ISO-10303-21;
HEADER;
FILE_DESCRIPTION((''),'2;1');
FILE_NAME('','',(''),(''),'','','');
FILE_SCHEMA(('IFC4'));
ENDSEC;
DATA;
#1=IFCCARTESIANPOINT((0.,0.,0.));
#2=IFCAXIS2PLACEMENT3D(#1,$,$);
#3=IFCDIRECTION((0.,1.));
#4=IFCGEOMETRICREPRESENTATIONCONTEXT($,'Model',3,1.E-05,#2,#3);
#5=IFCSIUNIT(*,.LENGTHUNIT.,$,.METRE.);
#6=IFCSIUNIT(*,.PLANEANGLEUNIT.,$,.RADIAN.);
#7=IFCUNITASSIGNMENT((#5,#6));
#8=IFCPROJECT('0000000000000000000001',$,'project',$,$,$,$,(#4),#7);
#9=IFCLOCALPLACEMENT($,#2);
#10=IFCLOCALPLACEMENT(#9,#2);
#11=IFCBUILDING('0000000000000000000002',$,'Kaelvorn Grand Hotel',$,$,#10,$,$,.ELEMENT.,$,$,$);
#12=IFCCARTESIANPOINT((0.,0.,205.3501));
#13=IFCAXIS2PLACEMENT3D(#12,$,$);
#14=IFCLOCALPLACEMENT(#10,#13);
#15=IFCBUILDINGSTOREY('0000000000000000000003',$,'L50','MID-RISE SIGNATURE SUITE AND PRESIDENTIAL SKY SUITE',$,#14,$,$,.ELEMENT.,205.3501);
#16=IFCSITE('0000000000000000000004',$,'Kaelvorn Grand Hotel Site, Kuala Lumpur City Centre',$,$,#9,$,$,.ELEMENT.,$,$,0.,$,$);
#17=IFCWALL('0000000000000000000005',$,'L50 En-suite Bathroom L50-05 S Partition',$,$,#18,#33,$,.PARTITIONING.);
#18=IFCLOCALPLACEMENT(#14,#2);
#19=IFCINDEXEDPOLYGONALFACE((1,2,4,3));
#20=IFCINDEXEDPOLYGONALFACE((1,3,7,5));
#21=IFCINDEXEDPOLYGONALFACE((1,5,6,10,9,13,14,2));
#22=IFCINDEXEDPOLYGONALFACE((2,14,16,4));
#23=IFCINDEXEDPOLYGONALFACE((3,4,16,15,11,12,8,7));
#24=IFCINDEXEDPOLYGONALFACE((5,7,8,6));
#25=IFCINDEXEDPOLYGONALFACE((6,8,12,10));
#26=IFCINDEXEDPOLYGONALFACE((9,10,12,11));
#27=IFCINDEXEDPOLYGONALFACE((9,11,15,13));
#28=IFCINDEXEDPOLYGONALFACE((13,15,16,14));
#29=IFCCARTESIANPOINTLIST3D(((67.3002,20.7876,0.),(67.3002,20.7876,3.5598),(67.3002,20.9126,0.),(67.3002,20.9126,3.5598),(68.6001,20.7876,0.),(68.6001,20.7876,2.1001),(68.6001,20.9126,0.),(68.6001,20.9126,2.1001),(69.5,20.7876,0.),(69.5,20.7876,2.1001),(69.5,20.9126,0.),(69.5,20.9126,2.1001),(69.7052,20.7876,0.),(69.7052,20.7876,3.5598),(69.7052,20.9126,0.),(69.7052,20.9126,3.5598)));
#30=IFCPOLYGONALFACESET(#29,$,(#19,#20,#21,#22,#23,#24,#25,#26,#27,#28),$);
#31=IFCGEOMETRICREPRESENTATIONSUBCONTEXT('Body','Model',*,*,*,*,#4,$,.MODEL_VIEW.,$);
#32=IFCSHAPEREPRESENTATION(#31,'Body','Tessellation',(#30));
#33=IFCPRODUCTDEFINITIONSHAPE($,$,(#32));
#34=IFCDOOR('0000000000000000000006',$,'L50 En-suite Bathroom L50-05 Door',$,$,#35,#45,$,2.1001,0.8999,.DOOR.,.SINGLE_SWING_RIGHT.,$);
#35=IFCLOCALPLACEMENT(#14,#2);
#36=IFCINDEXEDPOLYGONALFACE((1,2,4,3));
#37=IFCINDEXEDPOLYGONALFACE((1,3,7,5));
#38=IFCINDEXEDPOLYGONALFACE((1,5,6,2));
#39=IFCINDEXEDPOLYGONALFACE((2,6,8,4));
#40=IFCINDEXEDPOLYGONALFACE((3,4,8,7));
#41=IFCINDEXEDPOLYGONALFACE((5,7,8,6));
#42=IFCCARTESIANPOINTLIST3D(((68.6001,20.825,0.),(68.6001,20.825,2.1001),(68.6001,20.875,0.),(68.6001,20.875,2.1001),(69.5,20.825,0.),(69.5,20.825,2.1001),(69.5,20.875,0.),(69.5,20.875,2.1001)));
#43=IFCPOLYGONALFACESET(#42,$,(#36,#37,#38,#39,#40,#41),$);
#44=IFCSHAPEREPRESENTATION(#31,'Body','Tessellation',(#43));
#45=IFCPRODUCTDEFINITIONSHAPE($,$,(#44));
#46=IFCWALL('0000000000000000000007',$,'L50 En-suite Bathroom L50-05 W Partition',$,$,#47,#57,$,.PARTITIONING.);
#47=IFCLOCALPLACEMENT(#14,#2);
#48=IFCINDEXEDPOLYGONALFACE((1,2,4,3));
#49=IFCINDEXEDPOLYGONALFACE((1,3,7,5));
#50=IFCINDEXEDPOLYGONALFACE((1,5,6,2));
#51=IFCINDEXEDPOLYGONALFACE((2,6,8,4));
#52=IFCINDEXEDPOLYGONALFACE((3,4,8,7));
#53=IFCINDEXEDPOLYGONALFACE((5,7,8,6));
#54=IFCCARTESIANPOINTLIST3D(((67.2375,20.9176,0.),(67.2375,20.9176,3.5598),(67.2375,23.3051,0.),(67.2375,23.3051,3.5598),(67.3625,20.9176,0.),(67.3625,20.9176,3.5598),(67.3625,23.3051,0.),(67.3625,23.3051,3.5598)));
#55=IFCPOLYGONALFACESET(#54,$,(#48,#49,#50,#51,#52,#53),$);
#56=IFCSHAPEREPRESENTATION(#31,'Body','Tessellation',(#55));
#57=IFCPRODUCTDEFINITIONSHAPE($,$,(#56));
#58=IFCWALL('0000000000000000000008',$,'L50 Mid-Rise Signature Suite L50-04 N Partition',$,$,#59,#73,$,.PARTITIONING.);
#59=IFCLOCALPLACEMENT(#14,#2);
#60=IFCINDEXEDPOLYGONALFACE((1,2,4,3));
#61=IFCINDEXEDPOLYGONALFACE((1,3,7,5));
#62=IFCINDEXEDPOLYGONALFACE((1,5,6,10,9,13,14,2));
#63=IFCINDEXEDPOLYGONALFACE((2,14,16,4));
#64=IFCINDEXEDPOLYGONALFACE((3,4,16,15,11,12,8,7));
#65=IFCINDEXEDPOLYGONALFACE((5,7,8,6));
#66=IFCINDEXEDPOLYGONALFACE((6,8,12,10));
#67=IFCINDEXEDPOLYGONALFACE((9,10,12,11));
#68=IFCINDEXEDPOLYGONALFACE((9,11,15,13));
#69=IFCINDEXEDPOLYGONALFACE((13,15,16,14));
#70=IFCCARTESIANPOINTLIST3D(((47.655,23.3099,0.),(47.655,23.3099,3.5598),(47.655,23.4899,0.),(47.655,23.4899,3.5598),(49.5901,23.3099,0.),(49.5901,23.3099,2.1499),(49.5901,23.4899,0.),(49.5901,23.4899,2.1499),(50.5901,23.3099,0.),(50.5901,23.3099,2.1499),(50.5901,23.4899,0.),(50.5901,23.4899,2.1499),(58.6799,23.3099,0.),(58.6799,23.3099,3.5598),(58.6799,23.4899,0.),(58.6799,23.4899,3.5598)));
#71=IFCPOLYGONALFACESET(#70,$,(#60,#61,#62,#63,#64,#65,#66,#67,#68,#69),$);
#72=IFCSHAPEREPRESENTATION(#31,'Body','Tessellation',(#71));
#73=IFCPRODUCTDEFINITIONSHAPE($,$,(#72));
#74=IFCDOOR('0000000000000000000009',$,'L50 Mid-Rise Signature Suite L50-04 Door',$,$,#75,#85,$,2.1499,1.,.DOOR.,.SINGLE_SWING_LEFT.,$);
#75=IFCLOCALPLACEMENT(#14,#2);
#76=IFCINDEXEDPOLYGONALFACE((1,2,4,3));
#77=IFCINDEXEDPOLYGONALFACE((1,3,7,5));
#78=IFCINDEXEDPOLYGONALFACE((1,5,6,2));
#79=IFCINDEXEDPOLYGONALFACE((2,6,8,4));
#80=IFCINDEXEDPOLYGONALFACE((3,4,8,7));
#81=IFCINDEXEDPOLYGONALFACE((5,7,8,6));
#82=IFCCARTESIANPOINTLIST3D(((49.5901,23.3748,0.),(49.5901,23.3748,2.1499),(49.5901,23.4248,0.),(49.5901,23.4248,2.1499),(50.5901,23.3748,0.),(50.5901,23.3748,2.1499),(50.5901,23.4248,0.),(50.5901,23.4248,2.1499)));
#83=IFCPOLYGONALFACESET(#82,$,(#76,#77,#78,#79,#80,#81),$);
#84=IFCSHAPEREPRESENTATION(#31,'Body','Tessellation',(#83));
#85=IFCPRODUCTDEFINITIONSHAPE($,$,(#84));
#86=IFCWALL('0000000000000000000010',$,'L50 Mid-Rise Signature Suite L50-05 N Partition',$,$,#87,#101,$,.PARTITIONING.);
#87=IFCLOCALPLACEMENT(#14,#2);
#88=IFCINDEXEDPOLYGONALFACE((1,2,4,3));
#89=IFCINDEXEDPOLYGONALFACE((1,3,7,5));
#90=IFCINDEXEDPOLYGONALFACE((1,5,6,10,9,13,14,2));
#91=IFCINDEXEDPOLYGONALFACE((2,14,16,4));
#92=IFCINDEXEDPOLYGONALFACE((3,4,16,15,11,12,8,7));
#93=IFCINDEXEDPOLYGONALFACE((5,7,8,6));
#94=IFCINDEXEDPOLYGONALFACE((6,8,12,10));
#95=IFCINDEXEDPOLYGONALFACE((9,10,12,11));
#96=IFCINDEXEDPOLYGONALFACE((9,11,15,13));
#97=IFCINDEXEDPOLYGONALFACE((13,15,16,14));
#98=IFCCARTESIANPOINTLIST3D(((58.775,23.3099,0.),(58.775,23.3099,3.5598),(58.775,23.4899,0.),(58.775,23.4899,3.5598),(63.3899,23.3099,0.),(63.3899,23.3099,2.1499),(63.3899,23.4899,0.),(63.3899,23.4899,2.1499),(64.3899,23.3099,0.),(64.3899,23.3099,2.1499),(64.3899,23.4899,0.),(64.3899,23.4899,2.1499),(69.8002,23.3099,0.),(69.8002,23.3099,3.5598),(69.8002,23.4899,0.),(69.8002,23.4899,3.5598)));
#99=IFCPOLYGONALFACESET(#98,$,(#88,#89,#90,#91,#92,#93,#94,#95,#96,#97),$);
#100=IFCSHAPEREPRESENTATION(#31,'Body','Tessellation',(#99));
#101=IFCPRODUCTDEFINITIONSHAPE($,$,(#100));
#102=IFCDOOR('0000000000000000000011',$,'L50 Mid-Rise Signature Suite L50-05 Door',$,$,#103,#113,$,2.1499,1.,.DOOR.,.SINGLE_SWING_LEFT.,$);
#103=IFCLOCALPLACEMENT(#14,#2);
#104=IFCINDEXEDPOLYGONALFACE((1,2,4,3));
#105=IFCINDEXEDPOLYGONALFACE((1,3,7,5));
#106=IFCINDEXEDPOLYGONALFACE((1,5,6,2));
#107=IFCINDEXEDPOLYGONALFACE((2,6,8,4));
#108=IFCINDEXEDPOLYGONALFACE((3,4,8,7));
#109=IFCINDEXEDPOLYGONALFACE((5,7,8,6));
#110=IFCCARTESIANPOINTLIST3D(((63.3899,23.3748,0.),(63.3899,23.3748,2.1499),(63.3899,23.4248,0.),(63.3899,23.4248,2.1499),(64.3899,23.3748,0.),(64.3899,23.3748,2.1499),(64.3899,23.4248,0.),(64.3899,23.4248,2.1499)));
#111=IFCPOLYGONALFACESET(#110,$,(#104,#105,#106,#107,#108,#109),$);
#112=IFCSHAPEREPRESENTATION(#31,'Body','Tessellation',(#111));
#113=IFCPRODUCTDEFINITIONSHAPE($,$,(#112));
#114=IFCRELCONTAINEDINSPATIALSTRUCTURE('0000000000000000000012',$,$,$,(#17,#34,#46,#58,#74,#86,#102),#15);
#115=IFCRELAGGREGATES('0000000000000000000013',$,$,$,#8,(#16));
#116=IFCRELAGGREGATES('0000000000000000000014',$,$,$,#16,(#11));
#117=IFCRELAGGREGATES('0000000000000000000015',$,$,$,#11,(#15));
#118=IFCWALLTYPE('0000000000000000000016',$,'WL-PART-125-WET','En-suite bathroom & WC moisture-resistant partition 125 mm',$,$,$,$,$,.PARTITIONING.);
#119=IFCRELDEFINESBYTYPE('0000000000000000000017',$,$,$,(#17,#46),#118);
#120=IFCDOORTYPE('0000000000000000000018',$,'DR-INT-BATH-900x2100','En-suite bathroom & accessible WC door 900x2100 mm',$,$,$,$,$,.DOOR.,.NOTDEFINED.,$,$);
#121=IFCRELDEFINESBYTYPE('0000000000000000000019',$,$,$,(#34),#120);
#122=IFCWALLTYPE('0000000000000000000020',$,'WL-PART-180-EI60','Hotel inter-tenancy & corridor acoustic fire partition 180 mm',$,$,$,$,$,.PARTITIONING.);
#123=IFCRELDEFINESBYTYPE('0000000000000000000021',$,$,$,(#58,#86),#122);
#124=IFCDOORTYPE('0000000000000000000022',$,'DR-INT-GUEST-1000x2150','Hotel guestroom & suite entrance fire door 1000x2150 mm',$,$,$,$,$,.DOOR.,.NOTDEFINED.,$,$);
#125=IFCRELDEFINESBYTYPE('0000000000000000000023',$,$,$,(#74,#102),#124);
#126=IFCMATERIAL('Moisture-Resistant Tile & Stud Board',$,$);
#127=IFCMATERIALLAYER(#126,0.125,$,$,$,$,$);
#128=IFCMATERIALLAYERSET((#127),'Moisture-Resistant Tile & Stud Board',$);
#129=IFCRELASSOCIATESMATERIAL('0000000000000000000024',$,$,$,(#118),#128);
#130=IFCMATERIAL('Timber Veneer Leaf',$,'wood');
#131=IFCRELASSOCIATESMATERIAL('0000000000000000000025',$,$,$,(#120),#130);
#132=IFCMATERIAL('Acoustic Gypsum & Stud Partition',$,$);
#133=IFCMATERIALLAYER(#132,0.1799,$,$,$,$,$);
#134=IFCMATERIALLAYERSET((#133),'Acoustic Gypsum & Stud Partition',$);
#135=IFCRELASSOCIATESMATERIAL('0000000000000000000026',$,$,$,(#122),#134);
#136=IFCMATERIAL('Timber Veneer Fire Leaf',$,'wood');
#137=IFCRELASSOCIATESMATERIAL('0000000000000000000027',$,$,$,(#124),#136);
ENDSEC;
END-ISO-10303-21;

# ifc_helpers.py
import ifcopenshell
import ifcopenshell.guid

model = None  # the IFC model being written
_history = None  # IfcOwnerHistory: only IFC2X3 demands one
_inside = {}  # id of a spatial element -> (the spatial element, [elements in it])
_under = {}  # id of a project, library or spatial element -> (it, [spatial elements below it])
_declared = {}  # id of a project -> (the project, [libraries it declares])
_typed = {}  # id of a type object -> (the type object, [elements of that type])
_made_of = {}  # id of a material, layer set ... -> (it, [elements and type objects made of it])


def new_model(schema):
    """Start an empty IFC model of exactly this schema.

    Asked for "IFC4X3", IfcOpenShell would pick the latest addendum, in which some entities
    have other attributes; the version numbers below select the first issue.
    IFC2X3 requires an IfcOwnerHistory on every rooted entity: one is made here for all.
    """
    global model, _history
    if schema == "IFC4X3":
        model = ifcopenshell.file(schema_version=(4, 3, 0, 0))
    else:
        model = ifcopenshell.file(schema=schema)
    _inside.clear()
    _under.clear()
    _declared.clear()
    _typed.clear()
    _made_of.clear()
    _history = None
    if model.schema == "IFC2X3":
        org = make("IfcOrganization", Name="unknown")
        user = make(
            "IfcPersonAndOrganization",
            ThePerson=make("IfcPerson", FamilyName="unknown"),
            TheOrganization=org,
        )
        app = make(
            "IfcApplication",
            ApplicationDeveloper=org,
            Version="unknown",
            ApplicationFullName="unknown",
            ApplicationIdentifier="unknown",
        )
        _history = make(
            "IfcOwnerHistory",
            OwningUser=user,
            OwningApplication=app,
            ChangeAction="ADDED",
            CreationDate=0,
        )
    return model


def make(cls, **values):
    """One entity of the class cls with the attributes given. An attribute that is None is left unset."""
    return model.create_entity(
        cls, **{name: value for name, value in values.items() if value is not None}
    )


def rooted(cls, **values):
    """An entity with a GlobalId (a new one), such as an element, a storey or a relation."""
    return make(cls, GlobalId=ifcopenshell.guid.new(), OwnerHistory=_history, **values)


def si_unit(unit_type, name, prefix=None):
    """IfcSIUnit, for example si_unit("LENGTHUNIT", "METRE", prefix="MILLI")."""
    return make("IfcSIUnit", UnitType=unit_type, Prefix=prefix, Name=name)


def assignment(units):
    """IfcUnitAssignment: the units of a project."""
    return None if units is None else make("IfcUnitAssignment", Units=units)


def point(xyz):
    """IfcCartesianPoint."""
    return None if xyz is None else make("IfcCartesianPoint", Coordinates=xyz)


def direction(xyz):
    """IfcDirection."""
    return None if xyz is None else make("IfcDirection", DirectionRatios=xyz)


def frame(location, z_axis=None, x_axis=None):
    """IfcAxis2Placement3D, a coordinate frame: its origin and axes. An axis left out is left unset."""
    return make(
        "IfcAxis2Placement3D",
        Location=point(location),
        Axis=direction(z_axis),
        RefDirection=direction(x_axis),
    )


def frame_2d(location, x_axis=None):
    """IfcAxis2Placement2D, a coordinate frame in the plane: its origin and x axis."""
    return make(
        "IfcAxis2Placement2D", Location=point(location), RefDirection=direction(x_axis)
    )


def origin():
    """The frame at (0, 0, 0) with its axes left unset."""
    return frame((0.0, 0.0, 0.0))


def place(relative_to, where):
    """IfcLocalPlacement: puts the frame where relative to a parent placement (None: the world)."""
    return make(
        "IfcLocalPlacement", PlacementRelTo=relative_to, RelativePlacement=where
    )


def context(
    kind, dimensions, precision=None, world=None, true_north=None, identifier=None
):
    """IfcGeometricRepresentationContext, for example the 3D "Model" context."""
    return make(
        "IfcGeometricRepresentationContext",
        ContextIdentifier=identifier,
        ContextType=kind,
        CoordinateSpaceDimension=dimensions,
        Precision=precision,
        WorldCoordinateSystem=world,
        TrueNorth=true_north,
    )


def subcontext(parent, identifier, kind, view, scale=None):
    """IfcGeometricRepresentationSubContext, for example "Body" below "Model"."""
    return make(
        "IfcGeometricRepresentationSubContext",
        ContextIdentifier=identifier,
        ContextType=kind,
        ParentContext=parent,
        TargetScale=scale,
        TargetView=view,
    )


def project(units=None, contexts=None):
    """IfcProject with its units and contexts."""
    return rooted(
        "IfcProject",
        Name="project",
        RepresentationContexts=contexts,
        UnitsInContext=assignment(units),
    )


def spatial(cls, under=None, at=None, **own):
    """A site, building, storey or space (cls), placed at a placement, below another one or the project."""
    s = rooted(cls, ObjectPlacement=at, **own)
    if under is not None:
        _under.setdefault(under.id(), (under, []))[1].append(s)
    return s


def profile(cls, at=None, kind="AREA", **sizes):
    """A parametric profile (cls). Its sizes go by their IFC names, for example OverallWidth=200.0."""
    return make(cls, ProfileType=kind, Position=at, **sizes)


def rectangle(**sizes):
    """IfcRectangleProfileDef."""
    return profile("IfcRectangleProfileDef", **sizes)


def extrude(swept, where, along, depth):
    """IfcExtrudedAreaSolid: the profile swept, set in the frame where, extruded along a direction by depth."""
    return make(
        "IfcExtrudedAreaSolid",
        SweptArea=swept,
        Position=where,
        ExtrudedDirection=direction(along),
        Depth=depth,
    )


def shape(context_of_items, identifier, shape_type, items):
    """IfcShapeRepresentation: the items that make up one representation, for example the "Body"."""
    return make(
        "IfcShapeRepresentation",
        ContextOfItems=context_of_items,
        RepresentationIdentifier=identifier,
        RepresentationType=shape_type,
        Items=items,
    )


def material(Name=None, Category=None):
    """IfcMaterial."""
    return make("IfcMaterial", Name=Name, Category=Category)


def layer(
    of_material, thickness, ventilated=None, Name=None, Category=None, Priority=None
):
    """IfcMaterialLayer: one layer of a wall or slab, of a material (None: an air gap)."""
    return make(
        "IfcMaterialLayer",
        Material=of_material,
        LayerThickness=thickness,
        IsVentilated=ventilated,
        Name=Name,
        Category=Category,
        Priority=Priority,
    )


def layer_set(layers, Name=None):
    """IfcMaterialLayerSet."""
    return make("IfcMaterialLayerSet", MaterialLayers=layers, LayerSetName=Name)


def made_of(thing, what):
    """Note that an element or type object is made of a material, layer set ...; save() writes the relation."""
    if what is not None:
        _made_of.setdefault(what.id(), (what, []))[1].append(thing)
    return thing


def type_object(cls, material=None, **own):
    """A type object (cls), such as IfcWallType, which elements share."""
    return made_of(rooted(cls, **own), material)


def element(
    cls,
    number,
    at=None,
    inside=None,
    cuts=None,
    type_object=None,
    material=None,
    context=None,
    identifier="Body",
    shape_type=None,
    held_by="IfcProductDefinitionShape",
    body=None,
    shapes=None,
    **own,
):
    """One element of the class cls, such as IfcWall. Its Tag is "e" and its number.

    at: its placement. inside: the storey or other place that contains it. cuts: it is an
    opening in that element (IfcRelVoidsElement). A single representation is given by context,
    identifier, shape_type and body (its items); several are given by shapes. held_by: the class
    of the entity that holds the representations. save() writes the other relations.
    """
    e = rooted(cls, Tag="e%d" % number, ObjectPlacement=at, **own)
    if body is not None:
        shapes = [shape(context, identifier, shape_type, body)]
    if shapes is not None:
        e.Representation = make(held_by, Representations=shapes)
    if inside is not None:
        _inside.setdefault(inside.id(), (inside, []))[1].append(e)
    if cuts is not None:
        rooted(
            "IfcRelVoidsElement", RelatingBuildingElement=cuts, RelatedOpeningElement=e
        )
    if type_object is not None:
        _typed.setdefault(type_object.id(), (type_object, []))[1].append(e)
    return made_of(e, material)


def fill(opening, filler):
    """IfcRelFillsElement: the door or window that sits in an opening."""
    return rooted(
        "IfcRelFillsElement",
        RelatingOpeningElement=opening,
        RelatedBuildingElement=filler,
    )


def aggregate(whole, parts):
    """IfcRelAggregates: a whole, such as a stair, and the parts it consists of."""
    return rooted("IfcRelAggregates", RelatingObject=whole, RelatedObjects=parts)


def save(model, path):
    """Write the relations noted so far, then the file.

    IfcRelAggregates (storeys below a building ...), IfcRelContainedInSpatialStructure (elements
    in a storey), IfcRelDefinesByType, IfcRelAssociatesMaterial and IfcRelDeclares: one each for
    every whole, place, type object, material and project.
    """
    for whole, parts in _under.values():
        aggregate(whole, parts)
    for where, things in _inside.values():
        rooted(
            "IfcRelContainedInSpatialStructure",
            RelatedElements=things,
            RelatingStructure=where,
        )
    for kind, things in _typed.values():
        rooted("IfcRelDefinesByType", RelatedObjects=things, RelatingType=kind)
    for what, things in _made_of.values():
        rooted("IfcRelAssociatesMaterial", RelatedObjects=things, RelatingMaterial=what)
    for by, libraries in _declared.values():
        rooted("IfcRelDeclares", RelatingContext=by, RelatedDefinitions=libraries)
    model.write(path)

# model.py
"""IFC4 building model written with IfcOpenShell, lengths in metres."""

from ifc_helpers import new_model, si_unit, direction, frame, frame_2d, origin, place, context, subcontext, project, spatial, rectangle, extrude, material, layer, layer_set, type_object, element, fill, save


model = new_model("IFC4")

# Units and contexts
model_context = context("Model", 3, precision=1e-05, world=origin(), true_north=direction((0.0, 1.0)))
body_context = subcontext(model_context, "Body", "Model", "MODEL_VIEW")
ifc_project = project(units=[si_unit("LENGTHUNIT", "METRE"), si_unit("PLANEANGLEUNIT", "RADIAN")], contexts=[model_context])

# Site, building, storey
site_placement = place(None, origin())
site = spatial("IfcSite", under=ifc_project, at=site_placement, Name="Kaelvorn Grand Hotel Site, Kuala Lumpur City Centre", CompositionType="ELEMENT", RefElevation=0.0)
building_placement = place(site_placement, origin())
building = spatial("IfcBuilding", under=site, at=building_placement, Name="Kaelvorn Grand Hotel", CompositionType="ELEMENT")
storey_placement = place(building_placement, frame((0.0, 0.0, 205.3501)))
storey = spatial("IfcBuildingStorey", under=building, at=storey_placement, Name="L50", Description="MID-RISE SIGNATURE SUITE AND PRESIDENTIAL SKY SUITE", CompositionType="ELEMENT", Elevation=205.3501)

# Shared definitions
ifc_material_1 = material(Name="Moisture-Resistant Tile & Stud Board")
ifc_layer_1 = layer(ifc_material_1, 0.125)
ifc_layer_set_1 = layer_set([ifc_layer_1], Name="Moisture-Resistant Tile & Stud Board")
wall_type_1 = type_object("IfcWallType", Name="WL-PART-125-WET", Description="En-suite bathroom & WC moisture-resistant partition 125 mm", PredefinedType="PARTITIONING", material=ifc_layer_set_1)
ifc_material_2 = material(Name="Timber Veneer Leaf", Category="wood")
door_type_1 = type_object("IfcDoorType", Name="DR-INT-BATH-900x2100", Description="En-suite bathroom & accessible WC door 900x2100 mm", OperationType="NOTDEFINED", PredefinedType="DOOR", material=ifc_material_2)

# Wall, opening, door
wall_1_placement = place(storey_placement, frame((67.3, 20.8501, 0.0), z_axis=(0.0, 0.0, 1.0), x_axis=(1.0, 0.0, 0.0)))
wall_1 = element("IfcWall", 1, at=wall_1_placement, inside=storey, type_object=wall_type_1, Name="L50 En-suite Bathroom L50-05 S Partition", PredefinedType="PARTITIONING", context=body_context, shape_type="SweptSolid", body=[
    extrude(rectangle(XDim=2.405, YDim=0.125, at=frame_2d((1.2026, 0.0))), origin(), (0.0, 0.0, 1.0), 3.5598),
])
opening_1_placement = place(wall_1_placement, frame((1.3, 0.0, 0.0)))
opening_1 = element("IfcOpeningElement", 2, at=opening_1_placement, cuts=wall_1, PredefinedType="OPENING", context=body_context, shape_type="SweptSolid", body=[
    extrude(rectangle(XDim=0.8999, YDim=2.1001, at=frame_2d((0.45, 1.05))), frame((0.0, 0.0725, 0.0), z_axis=(0.0, -1.0, 0.0), x_axis=(1.0, 0.0, 0.0)), (0.0, 0.0, 1.0), 0.145),
])
door_1_placement = place(opening_1_placement, origin())
door_1 = element("IfcDoor", 3, at=door_1_placement, inside=storey, type_object=door_type_1, Name="L50 En-suite Bathroom L50-05 Door", OperationType="SINGLE_SWING_RIGHT", OverallHeight=2.1001, OverallWidth=0.8999, PredefinedType="DOOR", context=body_context, shape_type="SweptSolid", body=[
    extrude(rectangle(XDim=0.8999, YDim=2.1001, at=frame_2d((0.45, 1.05))), frame((0.0, 0.0249, 0.0), z_axis=(0.0, -1.0, 0.0), x_axis=(1.0, 0.0, 0.0)), (0.0, 0.0, 1.0), 0.05),
])
fill(opening_1, door_1)

# Wall
wall_2_placement = place(storey_placement, frame((67.3, 20.9175, 0.0), z_axis=(0.0, 0.0, 1.0), x_axis=(0.0, 1.0, 0.0)))
element("IfcWall", 4, at=wall_2_placement, inside=storey, type_object=wall_type_1, Name="L50 En-suite Bathroom L50-05 W Partition", PredefinedType="PARTITIONING", context=body_context, shape_type="SweptSolid", body=[
    extrude(rectangle(XDim=2.3875, YDim=0.125, at=frame_2d((1.1938, 0.0))), origin(), (0.0, 0.0, 1.0), 3.5598),
])

# Walls, openings, doors
ifc_material_3 = material(Name="Acoustic Gypsum & Stud Partition")
ifc_layer_2 = layer(ifc_material_3, 0.1799)
ifc_layer_set_2 = layer_set([ifc_layer_2], Name="Acoustic Gypsum & Stud Partition")
wall_type_2 = type_object("IfcWallType", Name="WL-PART-180-EI60", Description="Hotel inter-tenancy & corridor acoustic fire partition 180 mm", PredefinedType="PARTITIONING", material=ifc_layer_set_2)
wall_3_placement = place(storey_placement, frame((47.655, 23.3999, 0.0), z_axis=(0.0, 0.0, 1.0), x_axis=(1.0, 0.0, 0.0)))
wall_3 = element("IfcWall", 5, at=wall_3_placement, inside=storey, type_object=wall_type_2, Name="L50 Mid-Rise Signature Suite L50-04 N Partition", PredefinedType="PARTITIONING", context=body_context, shape_type="SweptSolid", body=[
    extrude(rectangle(XDim=11.0249, YDim=0.1799, at=frame_2d((5.5125, 0.0))), origin(), (0.0, 0.0, 1.0), 3.5598),
])
opening_2_placement = place(wall_3_placement, frame((1.9351, 0.0, 0.0)))
opening_2 = element("IfcOpeningElement", 6, at=opening_2_placement, cuts=wall_3, PredefinedType="OPENING", context=body_context, shape_type="SweptSolid", body=[
    extrude(rectangle(XDim=1.0, YDim=2.1499, at=frame_2d((0.5, 1.075))), frame((0.0, 0.1001, 0.0), z_axis=(0.0, -1.0, 0.0), x_axis=(1.0, 0.0, 0.0)), (0.0, 0.0, 1.0), 0.2),
])
ifc_material_4 = material(Name="Timber Veneer Fire Leaf", Category="wood")
door_type_2 = type_object("IfcDoorType", Name="DR-INT-GUEST-1000x2150", Description="Hotel guestroom & suite entrance fire door 1000x2150 mm", OperationType="NOTDEFINED", PredefinedType="DOOR", material=ifc_material_4)
door_2_placement = place(opening_2_placement, origin())
door_2 = element("IfcDoor", 7, at=door_2_placement, inside=storey, type_object=door_type_2, Name="L50 Mid-Rise Signature Suite L50-04 Door", OperationType="SINGLE_SWING_LEFT", OverallHeight=2.1499, OverallWidth=1.0, PredefinedType="DOOR", context=body_context, shape_type="SweptSolid", body=[
    extrude(rectangle(XDim=1.0, YDim=2.1499, at=frame_2d((0.5, 1.075))), frame((0.0, 0.0249, 0.0), z_axis=(0.0, -1.0, 0.0), x_axis=(1.0, 0.0, 0.0)), (0.0, 0.0, 1.0), 0.05),
])
fill(opening_2, door_2)
wall_4_placement = place(storey_placement, frame((58.7749, 23.3999, 0.0), z_axis=(0.0, 0.0, 1.0), x_axis=(1.0, 0.0, 0.0)))
wall_4 = element("IfcWall", 8, at=wall_4_placement, inside=storey, type_object=wall_type_2, Name="L50 Mid-Rise Signature Suite L50-05 N Partition", PredefinedType="PARTITIONING", context=body_context, shape_type="SweptSolid", body=[
    extrude(rectangle(XDim=11.0251, YDim=0.1799, at=frame_2d((5.5127, 0.0))), origin(), (0.0, 0.0, 1.0), 3.5598),
])
opening_3_placement = place(wall_4_placement, frame((4.615, 0.0, 0.0)))
opening_3 = element("IfcOpeningElement", 9, at=opening_3_placement, cuts=wall_4, PredefinedType="OPENING", context=body_context, shape_type="SweptSolid", body=[
    extrude(rectangle(XDim=1.0, YDim=2.1499, at=frame_2d((0.5, 1.075))), frame((0.0, 0.1001, 0.0), z_axis=(0.0, -1.0, 0.0), x_axis=(1.0, 0.0, 0.0)), (0.0, 0.0, 1.0), 0.2),
])
door_3_placement = place(opening_3_placement, origin())
door_3 = element("IfcDoor", 10, at=door_3_placement, inside=storey, type_object=door_type_2, Name="L50 Mid-Rise Signature Suite L50-05 Door", OperationType="SINGLE_SWING_LEFT", OverallHeight=2.1499, OverallWidth=1.0, PredefinedType="DOOR", context=body_context, shape_type="SweptSolid", body=[
    extrude(rectangle(XDim=1.0, YDim=2.1499, at=frame_2d((0.5, 1.075))), frame((0.0, 0.0249, 0.0), z_axis=(0.0, -1.0, 0.0), x_axis=(1.0, 0.0, 0.0)), (0.0, 0.0, 1.0), 0.05),
])
fill(opening_3, door_3)

save(model, "model.ifc")
